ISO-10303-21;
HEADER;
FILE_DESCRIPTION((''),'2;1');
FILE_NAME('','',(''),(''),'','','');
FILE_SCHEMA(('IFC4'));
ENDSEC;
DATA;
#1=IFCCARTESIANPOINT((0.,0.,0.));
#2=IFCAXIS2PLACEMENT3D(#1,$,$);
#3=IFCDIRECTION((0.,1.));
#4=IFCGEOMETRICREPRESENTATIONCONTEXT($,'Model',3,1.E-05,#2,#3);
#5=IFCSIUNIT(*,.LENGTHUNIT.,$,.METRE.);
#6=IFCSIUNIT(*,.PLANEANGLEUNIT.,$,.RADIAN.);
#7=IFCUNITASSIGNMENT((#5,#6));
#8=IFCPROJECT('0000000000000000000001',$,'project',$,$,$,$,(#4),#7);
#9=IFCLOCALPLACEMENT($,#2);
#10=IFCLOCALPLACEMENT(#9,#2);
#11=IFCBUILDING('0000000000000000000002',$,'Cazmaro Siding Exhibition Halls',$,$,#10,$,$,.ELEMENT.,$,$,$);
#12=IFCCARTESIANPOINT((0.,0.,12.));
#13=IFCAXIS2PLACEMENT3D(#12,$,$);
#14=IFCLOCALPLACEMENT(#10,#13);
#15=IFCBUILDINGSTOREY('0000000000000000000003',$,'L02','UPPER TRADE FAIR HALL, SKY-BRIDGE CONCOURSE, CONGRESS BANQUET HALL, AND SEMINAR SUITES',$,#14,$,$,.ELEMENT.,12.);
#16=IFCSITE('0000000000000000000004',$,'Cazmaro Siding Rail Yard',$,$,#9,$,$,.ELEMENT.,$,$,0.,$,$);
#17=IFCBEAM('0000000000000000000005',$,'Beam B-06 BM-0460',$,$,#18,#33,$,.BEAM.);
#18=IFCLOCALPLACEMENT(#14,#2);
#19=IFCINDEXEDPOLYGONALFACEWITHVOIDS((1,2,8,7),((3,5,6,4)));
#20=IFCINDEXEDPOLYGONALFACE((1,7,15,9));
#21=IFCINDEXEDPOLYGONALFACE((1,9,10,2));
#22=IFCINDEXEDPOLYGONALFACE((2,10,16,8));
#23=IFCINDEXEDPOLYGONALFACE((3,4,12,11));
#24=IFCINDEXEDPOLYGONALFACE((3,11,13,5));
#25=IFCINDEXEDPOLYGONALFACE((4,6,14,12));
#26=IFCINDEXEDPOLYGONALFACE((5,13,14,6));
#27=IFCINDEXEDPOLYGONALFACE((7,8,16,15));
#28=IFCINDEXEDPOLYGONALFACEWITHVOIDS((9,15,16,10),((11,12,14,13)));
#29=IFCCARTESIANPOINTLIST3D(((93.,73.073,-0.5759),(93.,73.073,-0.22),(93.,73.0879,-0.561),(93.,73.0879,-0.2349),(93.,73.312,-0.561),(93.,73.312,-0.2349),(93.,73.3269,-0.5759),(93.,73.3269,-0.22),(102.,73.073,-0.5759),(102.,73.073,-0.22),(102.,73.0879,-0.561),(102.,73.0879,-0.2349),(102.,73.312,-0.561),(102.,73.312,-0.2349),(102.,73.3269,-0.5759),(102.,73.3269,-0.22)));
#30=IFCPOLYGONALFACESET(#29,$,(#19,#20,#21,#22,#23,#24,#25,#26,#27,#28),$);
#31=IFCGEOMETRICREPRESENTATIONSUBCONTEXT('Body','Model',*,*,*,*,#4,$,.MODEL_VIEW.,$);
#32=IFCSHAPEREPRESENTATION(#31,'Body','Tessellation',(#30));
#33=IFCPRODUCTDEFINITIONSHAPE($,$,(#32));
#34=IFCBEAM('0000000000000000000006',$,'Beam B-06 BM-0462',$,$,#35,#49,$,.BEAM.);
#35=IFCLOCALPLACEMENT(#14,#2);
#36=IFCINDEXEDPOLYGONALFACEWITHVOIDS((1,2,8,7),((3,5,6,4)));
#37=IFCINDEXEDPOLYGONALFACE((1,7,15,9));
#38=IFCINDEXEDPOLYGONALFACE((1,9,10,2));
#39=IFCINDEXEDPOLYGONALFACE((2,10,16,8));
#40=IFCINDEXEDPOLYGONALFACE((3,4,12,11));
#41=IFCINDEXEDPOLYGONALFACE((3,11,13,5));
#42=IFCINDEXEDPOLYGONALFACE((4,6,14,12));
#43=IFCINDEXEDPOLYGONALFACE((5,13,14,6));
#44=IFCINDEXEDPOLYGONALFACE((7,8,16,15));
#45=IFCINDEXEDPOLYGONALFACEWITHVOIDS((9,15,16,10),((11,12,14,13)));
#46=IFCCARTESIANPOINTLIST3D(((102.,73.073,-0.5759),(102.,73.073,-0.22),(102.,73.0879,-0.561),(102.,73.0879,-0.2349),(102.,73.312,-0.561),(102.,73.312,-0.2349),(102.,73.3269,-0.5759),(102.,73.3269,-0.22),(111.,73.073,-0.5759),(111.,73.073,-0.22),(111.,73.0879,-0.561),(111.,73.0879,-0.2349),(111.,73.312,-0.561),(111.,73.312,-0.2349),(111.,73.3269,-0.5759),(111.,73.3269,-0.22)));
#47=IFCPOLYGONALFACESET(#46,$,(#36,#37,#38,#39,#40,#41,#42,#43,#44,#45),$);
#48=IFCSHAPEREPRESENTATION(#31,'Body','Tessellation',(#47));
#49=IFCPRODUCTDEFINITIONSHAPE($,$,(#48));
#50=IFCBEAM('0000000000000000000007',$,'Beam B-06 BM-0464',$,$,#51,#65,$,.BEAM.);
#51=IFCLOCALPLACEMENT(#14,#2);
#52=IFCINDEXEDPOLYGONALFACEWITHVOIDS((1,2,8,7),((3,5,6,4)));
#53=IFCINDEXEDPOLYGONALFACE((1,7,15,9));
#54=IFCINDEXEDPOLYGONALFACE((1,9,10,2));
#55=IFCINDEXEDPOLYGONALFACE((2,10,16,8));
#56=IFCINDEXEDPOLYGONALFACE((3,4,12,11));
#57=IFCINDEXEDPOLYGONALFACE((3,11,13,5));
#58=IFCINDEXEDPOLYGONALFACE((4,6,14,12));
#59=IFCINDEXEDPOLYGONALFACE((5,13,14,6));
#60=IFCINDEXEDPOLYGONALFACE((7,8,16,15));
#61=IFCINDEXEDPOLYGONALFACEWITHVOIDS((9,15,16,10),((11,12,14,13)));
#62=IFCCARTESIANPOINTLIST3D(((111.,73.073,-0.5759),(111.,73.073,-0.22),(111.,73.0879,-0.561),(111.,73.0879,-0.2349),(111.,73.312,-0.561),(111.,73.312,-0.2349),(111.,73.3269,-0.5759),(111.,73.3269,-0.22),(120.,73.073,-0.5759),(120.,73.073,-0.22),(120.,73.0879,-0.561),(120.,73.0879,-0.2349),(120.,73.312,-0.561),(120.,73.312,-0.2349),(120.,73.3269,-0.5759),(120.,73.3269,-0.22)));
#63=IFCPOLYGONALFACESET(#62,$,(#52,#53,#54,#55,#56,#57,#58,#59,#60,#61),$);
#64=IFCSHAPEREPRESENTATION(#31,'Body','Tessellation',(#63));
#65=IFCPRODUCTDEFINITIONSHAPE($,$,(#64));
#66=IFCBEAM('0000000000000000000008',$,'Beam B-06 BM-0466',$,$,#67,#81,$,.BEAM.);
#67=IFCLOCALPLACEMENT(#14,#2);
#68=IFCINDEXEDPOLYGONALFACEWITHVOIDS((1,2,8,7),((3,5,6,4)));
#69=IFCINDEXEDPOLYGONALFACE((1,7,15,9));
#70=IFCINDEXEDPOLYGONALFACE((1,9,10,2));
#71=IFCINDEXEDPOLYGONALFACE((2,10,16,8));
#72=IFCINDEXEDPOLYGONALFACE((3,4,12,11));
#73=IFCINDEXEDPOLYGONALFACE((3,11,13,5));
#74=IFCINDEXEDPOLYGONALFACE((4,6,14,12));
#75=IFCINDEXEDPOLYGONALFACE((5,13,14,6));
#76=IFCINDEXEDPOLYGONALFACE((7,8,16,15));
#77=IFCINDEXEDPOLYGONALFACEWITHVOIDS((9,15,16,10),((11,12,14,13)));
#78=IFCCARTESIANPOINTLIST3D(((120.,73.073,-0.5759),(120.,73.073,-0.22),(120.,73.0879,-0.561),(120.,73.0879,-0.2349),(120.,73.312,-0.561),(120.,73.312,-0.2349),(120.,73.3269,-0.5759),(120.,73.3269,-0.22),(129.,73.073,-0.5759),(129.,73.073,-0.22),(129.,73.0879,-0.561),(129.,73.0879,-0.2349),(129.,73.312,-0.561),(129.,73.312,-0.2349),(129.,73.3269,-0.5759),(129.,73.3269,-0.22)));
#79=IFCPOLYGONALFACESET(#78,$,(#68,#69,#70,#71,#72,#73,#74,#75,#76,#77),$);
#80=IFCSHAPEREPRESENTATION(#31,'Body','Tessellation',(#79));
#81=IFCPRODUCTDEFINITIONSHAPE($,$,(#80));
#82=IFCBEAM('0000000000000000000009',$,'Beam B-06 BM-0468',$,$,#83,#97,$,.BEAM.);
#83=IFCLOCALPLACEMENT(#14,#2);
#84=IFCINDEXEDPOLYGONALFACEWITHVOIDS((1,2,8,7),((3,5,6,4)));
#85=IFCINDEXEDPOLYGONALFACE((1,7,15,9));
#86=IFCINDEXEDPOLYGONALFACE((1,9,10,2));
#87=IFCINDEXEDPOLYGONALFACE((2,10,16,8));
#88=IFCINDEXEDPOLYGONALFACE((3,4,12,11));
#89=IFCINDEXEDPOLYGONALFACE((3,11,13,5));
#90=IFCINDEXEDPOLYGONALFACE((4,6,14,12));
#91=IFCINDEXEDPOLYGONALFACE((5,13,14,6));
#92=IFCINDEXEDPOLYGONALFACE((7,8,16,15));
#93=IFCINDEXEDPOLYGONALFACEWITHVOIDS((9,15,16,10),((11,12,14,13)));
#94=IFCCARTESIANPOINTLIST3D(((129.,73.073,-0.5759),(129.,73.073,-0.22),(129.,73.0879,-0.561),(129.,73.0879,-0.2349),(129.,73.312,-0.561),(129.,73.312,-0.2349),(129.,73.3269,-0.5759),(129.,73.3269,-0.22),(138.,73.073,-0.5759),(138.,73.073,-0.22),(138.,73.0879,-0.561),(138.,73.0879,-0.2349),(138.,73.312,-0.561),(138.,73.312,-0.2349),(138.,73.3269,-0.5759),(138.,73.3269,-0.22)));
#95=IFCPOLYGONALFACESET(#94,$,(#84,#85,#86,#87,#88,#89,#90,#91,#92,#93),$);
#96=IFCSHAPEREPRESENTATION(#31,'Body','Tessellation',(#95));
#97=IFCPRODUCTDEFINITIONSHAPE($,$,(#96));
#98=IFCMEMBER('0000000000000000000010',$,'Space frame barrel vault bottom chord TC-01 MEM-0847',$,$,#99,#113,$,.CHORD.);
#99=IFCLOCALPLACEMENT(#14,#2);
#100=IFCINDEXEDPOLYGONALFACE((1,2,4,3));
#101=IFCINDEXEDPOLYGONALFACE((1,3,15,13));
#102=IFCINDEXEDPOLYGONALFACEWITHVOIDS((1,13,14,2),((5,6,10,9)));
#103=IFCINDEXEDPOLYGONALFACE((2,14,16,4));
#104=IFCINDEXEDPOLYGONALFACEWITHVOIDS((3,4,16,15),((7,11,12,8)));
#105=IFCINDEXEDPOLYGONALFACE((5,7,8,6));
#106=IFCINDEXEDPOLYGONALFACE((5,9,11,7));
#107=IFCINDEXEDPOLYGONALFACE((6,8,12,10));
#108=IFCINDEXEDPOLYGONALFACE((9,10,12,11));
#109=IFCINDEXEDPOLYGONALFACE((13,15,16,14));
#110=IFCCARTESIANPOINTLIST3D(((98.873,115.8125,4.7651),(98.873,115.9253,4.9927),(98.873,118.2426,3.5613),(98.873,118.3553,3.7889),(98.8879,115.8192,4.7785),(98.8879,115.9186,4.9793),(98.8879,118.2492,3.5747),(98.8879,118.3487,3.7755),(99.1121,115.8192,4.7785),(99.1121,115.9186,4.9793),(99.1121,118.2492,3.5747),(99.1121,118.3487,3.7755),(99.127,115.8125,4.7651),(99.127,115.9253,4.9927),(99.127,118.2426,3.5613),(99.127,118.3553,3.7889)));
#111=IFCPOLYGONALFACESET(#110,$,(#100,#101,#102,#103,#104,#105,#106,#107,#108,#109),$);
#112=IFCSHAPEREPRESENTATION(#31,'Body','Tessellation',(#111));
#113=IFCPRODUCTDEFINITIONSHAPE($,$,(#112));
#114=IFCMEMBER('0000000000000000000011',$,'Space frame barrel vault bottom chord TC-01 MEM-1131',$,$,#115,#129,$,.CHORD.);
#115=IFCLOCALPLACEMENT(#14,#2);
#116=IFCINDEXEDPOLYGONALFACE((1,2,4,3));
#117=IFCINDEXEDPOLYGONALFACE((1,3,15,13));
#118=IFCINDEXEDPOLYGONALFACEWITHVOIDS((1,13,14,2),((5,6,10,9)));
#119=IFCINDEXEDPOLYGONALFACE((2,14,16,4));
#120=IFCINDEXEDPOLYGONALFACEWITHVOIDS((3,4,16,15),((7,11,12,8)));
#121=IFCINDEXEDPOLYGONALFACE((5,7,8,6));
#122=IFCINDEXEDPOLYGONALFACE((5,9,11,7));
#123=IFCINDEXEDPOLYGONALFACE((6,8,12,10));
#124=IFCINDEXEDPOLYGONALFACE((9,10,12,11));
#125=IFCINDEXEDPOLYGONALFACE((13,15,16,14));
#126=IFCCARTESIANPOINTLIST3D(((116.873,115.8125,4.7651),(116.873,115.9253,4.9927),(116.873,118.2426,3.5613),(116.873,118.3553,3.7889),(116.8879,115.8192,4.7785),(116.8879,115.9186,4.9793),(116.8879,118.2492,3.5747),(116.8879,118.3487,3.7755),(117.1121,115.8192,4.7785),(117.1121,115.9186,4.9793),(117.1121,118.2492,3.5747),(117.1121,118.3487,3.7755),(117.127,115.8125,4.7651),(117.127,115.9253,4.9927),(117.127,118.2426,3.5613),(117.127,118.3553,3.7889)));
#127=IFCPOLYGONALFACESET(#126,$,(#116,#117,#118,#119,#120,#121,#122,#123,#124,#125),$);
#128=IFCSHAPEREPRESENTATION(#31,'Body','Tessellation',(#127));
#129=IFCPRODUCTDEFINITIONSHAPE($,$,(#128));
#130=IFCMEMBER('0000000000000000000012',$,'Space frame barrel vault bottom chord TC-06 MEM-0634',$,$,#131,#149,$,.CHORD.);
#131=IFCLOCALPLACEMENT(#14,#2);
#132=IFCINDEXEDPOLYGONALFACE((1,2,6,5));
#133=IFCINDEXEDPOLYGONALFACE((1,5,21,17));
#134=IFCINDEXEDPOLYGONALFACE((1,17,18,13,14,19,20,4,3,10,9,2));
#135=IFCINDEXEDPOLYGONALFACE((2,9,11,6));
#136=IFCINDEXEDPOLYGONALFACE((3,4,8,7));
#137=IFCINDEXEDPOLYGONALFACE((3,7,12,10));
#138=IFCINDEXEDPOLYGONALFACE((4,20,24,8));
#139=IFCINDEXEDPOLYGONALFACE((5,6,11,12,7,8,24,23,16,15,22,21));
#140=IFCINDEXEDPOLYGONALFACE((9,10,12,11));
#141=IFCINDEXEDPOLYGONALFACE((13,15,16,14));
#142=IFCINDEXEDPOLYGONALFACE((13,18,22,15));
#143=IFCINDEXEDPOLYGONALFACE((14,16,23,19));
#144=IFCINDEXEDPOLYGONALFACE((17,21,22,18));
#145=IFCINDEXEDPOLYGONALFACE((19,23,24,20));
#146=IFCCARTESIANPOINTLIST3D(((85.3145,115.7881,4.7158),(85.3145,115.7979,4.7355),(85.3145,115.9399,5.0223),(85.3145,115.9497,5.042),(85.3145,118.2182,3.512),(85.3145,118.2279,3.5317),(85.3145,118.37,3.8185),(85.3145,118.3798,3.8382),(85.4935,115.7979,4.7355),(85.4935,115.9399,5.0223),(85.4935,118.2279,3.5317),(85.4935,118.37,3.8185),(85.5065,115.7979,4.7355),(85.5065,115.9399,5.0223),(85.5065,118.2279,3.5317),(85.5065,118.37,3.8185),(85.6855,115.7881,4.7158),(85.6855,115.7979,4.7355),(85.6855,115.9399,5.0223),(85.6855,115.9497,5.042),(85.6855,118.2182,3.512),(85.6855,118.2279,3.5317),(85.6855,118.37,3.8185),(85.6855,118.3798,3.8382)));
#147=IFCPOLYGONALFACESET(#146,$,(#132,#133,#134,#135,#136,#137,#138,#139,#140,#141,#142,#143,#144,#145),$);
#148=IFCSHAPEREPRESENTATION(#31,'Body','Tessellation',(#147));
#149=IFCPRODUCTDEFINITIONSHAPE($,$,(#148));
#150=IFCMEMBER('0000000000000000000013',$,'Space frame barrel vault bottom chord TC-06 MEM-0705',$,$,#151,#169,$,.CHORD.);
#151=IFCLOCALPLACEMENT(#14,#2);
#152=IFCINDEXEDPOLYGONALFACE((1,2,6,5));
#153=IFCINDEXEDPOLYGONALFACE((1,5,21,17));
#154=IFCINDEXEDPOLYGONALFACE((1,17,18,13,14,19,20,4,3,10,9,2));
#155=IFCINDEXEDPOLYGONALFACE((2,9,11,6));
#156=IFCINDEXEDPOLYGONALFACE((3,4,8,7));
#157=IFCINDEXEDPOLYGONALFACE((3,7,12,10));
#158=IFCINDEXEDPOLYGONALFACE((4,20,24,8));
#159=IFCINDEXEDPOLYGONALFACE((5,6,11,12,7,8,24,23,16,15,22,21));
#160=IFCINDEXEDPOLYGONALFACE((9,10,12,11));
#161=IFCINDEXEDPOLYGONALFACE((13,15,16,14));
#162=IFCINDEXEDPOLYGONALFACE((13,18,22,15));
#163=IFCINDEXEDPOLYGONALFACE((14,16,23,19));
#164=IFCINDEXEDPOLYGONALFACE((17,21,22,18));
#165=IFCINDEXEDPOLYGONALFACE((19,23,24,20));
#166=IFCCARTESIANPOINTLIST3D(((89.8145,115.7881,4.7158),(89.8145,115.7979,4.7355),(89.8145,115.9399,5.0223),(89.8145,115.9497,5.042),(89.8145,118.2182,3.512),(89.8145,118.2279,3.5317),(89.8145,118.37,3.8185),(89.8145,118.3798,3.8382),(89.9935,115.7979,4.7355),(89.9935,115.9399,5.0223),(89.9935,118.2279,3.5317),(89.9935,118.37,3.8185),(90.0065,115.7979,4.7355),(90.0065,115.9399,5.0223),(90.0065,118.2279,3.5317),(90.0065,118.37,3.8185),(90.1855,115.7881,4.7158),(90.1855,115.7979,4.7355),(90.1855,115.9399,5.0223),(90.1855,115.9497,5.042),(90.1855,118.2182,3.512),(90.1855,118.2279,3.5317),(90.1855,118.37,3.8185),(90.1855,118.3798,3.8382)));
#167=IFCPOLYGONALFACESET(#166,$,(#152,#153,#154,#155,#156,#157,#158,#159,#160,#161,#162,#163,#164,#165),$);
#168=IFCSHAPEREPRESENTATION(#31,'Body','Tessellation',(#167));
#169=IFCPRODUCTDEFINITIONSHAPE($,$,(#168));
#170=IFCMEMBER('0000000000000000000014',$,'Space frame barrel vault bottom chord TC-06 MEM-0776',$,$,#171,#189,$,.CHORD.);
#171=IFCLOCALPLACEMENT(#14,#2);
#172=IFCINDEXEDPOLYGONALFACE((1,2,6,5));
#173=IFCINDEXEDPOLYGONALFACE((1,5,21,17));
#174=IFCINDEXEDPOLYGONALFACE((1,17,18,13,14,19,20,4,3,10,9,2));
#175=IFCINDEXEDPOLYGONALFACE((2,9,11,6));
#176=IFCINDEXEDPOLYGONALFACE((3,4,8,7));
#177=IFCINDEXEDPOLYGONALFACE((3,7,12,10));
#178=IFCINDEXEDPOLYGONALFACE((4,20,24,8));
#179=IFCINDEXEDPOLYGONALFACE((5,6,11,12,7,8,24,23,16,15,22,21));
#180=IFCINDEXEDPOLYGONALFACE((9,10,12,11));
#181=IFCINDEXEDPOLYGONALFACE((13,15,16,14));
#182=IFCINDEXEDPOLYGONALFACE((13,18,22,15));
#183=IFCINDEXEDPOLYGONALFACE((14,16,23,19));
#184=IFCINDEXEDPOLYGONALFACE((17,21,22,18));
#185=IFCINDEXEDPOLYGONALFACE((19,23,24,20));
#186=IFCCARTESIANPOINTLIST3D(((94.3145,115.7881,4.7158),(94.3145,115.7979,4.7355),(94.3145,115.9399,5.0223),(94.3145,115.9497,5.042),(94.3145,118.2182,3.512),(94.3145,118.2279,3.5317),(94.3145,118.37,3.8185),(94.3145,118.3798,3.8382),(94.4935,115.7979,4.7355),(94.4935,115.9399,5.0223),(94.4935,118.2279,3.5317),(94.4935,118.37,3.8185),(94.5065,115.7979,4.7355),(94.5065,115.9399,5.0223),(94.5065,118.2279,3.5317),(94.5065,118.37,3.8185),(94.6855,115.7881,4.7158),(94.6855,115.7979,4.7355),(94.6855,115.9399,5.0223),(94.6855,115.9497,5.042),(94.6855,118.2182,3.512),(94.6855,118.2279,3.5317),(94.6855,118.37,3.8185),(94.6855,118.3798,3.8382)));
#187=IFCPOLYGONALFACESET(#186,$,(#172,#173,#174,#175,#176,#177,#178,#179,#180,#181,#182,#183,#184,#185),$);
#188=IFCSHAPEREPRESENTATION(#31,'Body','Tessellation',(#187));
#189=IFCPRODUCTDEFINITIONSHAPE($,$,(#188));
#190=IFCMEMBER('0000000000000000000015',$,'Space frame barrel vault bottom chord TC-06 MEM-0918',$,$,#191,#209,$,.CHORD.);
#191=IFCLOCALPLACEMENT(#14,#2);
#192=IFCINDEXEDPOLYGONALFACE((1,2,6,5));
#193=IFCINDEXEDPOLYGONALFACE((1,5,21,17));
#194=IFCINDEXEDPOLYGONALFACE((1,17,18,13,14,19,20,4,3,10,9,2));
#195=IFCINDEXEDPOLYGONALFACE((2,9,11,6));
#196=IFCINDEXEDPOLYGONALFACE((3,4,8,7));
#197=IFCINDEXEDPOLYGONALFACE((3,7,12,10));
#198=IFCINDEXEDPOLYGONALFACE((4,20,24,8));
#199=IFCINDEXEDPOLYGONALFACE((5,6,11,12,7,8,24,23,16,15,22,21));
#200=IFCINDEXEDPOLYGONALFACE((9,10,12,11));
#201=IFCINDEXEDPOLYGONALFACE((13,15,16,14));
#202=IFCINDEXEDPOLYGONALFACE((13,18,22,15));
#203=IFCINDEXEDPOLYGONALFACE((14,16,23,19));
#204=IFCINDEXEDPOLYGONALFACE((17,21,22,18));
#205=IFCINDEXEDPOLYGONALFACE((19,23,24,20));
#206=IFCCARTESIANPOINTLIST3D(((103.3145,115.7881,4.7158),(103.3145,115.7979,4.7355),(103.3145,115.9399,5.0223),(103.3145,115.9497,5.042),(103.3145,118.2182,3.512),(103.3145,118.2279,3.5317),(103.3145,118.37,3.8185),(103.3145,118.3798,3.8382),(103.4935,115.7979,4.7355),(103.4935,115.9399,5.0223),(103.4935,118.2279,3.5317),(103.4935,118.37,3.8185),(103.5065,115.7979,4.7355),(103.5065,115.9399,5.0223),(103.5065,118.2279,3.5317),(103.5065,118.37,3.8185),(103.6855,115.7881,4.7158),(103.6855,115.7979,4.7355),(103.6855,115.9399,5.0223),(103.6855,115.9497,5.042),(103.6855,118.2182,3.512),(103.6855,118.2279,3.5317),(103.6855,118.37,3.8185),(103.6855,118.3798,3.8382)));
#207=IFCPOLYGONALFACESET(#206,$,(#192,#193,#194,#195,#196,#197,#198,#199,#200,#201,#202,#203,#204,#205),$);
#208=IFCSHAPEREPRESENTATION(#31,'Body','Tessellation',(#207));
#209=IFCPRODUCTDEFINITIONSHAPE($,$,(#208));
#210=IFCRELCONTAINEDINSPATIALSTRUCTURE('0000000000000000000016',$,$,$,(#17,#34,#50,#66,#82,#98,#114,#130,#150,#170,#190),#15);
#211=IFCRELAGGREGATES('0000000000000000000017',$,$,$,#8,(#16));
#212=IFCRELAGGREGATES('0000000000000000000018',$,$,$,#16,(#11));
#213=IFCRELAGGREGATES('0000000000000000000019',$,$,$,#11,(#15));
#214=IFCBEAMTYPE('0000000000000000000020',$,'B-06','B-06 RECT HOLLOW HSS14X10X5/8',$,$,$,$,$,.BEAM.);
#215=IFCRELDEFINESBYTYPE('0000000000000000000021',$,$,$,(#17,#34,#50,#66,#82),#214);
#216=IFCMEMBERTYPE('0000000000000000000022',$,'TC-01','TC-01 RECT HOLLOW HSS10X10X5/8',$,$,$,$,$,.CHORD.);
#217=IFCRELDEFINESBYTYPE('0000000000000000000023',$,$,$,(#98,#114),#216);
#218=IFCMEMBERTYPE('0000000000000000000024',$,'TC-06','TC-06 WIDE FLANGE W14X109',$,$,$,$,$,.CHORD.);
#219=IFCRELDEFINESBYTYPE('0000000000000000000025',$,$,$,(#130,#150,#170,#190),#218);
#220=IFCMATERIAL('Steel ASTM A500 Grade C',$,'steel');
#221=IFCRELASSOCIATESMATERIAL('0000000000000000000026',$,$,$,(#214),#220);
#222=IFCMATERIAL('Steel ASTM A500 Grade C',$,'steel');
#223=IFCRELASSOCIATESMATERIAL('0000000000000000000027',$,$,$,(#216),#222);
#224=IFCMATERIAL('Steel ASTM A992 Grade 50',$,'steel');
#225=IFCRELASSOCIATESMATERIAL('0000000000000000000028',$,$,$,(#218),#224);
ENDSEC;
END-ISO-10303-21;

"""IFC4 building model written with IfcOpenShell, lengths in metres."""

from ifc_helpers import new_model, si_unit, direction, frame, origin, origin_2d, place, context, subcontext, project, spatial, hollow_rectangle, i_section, extrude, material, material_profile, profile_set, type_object, element, save


model = new_model("IFC4")

# Units and contexts
model_context = context("Model", 3, precision=1e-05, world=origin(), true_north=direction((0.0, 1.0)))
body_context = subcontext(model_context, "Body", "Model", "MODEL_VIEW")
ifc_project = project(units=[si_unit("LENGTHUNIT", "METRE"), si_unit("PLANEANGLEUNIT", "RADIAN")], contexts=[model_context])

# Site, building, storey
site_placement = place(None, origin())
site = spatial("IfcSite", under=ifc_project, at=site_placement, Name="Cazmaro Siding Rail Yard", CompositionType="ELEMENT", RefElevation=0.0)
building_placement = place(site_placement, origin())
building = spatial("IfcBuilding", under=site, at=building_placement, Name="Cazmaro Siding Exhibition Halls", CompositionType="ELEMENT")
storey_placement = place(building_placement, frame((0.0, 0.0, 12.0)))
storey = spatial("IfcBuildingStorey", under=building, at=storey_placement, Name="L02", Description="UPPER TRADE FAIR HALL, SKY-BRIDGE CONCOURSE, CONGRESS BANQUET HALL, AND SEMINAR SUITES", CompositionType="ELEMENT", Elevation=12.0)

# Beams
ifc_material_1 = material(Name="Steel ASTM A500 Grade C", Category="steel")
ifc_material_profile_1 = material_profile(ifc_material_1, hollow_rectangle(XDim=0.2539, YDim=0.356, WallThickness=0.0149, at=origin_2d()), Name="HSS14X10X5/8")
ifc_profile_set_1 = profile_set([ifc_material_profile_1], Name="Steel ASTM A500 Grade C")
beam_type_1 = type_object("IfcBeamType", Name="B-06", Description="B-06 RECT HOLLOW HSS14X10X5/8", PredefinedType="BEAM", material=ifc_profile_set_1)
for number, where, z_axis, x_axis, name in (
    (1, (93.0, 73.2, -0.3979), (1.0, 0.0, 0.0), (0.0, 1.0, 0.0), "Beam B-06 BM-0460"),
    (2, (102.0, 73.2, -0.3979), (1.0, 0.0, 0.0), (0.0, 1.0, 0.0), "Beam B-06 BM-0462"),
    (3, (111.0, 73.2, -0.3979), (1.0, 0.0, 0.0), (0.0, 1.0, 0.0), "Beam B-06 BM-0464"),
    (4, (120.0, 73.2, -0.3979), (1.0, 0.0, 0.0), (0.0, 1.0, 0.0), "Beam B-06 BM-0466"),
    (5, (129.0, 73.2, -0.3979), (1.0, 0.0, 0.0), (0.0, 1.0, 0.0), "Beam B-06 BM-0468"),
):
    element("IfcBeam", number, at=place(storey_placement, frame(where, z_axis=z_axis, x_axis=x_axis)), inside=storey, type_object=beam_type_1, Name=name, PredefinedType="BEAM", context=body_context, shape_type="SweptSolid", body=[
        extrude(hollow_rectangle(XDim=0.2539, YDim=0.356, WallThickness=0.0149, at=origin_2d()), origin(), (0.0, 0.0, 1.0), 9.0),
    ])

# Members
ifc_material_2 = material(Name="Steel ASTM A500 Grade C", Category="steel")
ifc_material_profile_2 = material_profile(ifc_material_2, hollow_rectangle(XDim=0.2539, YDim=0.2539, WallThickness=0.0149, at=origin_2d()), Name="HSS10X10X5/8")
ifc_profile_set_2 = profile_set([ifc_material_profile_2], Name="Steel ASTM A500 Grade C")
member_type_1 = type_object("IfcMemberType", Name="TC-01", Description="TC-01 RECT HOLLOW HSS10X10X5/8", PredefinedType="CHORD", material=ifc_profile_set_2)
for number, where, z_axis, x_axis, name in (
    (6, (99.0, 115.8689, 4.8789), (0.0, 0.896077, -0.443898), (-1.0, 0.0, 0.0), "Space frame barrel vault bottom chord TC-01 MEM-0847"),
    (7, (117.0, 115.8689, 4.8789), (0.0, 0.896077, -0.443898), (-1.0, 0.0, 0.0), "Space frame barrel vault bottom chord TC-01 MEM-1131"),
):
    element("IfcMember", number, at=place(storey_placement, frame(where, z_axis=z_axis, x_axis=x_axis)), inside=storey, type_object=member_type_1, Name=name, PredefinedType="CHORD", context=body_context, shape_type="SweptSolid", body=[
        extrude(hollow_rectangle(XDim=0.2539, YDim=0.2539, WallThickness=0.0149, at=origin_2d()), origin(), (0.0, 0.0, 1.0), 2.7119),
    ])
ifc_material_3 = material(Name="Steel ASTM A992 Grade 50", Category="steel")
ifc_material_profile_3 = material_profile(ifc_material_3, i_section(OverallWidth=0.3711, OverallDepth=0.364, WebThickness=0.0129, FlangeThickness=0.022, at=origin_2d()), Name="W14X109")
ifc_profile_set_3 = profile_set([ifc_material_profile_3], Name="Steel ASTM A992 Grade 50")
member_type_2 = type_object("IfcMemberType", Name="TC-06", Description="TC-06 WIDE FLANGE W14X109", PredefinedType="CHORD", material=ifc_profile_set_3)
for number, where, z_axis, x_axis, name in (
    (8, (85.5, 115.8689, 4.8789), (0.0, 0.896077, -0.443898), (-1.0, 0.0, 0.0), "Space frame barrel vault bottom chord TC-06 MEM-0634"),
    (9, (90.0, 115.8689, 4.8789), (0.0, 0.896077, -0.443898), (-1.0, 0.0, 0.0), "Space frame barrel vault bottom chord TC-06 MEM-0705"),
    (10, (94.5, 115.8689, 4.8789), (0.0, 0.896077, -0.443898), (-1.0, 0.0, 0.0), "Space frame barrel vault bottom chord TC-06 MEM-0776"),
    (11, (103.5, 115.8689, 4.8789), (0.0, 0.896077, -0.443898), (-1.0, 0.0, 0.0), "Space frame barrel vault bottom chord TC-06 MEM-0918"),
):
    element("IfcMember", number, at=place(storey_placement, frame(where, z_axis=z_axis, x_axis=x_axis)), inside=storey, type_object=member_type_2, Name=name, PredefinedType="CHORD", context=body_context, shape_type="SweptSolid", body=[
        extrude(i_section(OverallWidth=0.3711, OverallDepth=0.364, WebThickness=0.0129, FlangeThickness=0.022, at=origin_2d()), origin(), (0.0, 0.0, 1.0), 2.7119),
    ])

save(model, "model.ifc")
